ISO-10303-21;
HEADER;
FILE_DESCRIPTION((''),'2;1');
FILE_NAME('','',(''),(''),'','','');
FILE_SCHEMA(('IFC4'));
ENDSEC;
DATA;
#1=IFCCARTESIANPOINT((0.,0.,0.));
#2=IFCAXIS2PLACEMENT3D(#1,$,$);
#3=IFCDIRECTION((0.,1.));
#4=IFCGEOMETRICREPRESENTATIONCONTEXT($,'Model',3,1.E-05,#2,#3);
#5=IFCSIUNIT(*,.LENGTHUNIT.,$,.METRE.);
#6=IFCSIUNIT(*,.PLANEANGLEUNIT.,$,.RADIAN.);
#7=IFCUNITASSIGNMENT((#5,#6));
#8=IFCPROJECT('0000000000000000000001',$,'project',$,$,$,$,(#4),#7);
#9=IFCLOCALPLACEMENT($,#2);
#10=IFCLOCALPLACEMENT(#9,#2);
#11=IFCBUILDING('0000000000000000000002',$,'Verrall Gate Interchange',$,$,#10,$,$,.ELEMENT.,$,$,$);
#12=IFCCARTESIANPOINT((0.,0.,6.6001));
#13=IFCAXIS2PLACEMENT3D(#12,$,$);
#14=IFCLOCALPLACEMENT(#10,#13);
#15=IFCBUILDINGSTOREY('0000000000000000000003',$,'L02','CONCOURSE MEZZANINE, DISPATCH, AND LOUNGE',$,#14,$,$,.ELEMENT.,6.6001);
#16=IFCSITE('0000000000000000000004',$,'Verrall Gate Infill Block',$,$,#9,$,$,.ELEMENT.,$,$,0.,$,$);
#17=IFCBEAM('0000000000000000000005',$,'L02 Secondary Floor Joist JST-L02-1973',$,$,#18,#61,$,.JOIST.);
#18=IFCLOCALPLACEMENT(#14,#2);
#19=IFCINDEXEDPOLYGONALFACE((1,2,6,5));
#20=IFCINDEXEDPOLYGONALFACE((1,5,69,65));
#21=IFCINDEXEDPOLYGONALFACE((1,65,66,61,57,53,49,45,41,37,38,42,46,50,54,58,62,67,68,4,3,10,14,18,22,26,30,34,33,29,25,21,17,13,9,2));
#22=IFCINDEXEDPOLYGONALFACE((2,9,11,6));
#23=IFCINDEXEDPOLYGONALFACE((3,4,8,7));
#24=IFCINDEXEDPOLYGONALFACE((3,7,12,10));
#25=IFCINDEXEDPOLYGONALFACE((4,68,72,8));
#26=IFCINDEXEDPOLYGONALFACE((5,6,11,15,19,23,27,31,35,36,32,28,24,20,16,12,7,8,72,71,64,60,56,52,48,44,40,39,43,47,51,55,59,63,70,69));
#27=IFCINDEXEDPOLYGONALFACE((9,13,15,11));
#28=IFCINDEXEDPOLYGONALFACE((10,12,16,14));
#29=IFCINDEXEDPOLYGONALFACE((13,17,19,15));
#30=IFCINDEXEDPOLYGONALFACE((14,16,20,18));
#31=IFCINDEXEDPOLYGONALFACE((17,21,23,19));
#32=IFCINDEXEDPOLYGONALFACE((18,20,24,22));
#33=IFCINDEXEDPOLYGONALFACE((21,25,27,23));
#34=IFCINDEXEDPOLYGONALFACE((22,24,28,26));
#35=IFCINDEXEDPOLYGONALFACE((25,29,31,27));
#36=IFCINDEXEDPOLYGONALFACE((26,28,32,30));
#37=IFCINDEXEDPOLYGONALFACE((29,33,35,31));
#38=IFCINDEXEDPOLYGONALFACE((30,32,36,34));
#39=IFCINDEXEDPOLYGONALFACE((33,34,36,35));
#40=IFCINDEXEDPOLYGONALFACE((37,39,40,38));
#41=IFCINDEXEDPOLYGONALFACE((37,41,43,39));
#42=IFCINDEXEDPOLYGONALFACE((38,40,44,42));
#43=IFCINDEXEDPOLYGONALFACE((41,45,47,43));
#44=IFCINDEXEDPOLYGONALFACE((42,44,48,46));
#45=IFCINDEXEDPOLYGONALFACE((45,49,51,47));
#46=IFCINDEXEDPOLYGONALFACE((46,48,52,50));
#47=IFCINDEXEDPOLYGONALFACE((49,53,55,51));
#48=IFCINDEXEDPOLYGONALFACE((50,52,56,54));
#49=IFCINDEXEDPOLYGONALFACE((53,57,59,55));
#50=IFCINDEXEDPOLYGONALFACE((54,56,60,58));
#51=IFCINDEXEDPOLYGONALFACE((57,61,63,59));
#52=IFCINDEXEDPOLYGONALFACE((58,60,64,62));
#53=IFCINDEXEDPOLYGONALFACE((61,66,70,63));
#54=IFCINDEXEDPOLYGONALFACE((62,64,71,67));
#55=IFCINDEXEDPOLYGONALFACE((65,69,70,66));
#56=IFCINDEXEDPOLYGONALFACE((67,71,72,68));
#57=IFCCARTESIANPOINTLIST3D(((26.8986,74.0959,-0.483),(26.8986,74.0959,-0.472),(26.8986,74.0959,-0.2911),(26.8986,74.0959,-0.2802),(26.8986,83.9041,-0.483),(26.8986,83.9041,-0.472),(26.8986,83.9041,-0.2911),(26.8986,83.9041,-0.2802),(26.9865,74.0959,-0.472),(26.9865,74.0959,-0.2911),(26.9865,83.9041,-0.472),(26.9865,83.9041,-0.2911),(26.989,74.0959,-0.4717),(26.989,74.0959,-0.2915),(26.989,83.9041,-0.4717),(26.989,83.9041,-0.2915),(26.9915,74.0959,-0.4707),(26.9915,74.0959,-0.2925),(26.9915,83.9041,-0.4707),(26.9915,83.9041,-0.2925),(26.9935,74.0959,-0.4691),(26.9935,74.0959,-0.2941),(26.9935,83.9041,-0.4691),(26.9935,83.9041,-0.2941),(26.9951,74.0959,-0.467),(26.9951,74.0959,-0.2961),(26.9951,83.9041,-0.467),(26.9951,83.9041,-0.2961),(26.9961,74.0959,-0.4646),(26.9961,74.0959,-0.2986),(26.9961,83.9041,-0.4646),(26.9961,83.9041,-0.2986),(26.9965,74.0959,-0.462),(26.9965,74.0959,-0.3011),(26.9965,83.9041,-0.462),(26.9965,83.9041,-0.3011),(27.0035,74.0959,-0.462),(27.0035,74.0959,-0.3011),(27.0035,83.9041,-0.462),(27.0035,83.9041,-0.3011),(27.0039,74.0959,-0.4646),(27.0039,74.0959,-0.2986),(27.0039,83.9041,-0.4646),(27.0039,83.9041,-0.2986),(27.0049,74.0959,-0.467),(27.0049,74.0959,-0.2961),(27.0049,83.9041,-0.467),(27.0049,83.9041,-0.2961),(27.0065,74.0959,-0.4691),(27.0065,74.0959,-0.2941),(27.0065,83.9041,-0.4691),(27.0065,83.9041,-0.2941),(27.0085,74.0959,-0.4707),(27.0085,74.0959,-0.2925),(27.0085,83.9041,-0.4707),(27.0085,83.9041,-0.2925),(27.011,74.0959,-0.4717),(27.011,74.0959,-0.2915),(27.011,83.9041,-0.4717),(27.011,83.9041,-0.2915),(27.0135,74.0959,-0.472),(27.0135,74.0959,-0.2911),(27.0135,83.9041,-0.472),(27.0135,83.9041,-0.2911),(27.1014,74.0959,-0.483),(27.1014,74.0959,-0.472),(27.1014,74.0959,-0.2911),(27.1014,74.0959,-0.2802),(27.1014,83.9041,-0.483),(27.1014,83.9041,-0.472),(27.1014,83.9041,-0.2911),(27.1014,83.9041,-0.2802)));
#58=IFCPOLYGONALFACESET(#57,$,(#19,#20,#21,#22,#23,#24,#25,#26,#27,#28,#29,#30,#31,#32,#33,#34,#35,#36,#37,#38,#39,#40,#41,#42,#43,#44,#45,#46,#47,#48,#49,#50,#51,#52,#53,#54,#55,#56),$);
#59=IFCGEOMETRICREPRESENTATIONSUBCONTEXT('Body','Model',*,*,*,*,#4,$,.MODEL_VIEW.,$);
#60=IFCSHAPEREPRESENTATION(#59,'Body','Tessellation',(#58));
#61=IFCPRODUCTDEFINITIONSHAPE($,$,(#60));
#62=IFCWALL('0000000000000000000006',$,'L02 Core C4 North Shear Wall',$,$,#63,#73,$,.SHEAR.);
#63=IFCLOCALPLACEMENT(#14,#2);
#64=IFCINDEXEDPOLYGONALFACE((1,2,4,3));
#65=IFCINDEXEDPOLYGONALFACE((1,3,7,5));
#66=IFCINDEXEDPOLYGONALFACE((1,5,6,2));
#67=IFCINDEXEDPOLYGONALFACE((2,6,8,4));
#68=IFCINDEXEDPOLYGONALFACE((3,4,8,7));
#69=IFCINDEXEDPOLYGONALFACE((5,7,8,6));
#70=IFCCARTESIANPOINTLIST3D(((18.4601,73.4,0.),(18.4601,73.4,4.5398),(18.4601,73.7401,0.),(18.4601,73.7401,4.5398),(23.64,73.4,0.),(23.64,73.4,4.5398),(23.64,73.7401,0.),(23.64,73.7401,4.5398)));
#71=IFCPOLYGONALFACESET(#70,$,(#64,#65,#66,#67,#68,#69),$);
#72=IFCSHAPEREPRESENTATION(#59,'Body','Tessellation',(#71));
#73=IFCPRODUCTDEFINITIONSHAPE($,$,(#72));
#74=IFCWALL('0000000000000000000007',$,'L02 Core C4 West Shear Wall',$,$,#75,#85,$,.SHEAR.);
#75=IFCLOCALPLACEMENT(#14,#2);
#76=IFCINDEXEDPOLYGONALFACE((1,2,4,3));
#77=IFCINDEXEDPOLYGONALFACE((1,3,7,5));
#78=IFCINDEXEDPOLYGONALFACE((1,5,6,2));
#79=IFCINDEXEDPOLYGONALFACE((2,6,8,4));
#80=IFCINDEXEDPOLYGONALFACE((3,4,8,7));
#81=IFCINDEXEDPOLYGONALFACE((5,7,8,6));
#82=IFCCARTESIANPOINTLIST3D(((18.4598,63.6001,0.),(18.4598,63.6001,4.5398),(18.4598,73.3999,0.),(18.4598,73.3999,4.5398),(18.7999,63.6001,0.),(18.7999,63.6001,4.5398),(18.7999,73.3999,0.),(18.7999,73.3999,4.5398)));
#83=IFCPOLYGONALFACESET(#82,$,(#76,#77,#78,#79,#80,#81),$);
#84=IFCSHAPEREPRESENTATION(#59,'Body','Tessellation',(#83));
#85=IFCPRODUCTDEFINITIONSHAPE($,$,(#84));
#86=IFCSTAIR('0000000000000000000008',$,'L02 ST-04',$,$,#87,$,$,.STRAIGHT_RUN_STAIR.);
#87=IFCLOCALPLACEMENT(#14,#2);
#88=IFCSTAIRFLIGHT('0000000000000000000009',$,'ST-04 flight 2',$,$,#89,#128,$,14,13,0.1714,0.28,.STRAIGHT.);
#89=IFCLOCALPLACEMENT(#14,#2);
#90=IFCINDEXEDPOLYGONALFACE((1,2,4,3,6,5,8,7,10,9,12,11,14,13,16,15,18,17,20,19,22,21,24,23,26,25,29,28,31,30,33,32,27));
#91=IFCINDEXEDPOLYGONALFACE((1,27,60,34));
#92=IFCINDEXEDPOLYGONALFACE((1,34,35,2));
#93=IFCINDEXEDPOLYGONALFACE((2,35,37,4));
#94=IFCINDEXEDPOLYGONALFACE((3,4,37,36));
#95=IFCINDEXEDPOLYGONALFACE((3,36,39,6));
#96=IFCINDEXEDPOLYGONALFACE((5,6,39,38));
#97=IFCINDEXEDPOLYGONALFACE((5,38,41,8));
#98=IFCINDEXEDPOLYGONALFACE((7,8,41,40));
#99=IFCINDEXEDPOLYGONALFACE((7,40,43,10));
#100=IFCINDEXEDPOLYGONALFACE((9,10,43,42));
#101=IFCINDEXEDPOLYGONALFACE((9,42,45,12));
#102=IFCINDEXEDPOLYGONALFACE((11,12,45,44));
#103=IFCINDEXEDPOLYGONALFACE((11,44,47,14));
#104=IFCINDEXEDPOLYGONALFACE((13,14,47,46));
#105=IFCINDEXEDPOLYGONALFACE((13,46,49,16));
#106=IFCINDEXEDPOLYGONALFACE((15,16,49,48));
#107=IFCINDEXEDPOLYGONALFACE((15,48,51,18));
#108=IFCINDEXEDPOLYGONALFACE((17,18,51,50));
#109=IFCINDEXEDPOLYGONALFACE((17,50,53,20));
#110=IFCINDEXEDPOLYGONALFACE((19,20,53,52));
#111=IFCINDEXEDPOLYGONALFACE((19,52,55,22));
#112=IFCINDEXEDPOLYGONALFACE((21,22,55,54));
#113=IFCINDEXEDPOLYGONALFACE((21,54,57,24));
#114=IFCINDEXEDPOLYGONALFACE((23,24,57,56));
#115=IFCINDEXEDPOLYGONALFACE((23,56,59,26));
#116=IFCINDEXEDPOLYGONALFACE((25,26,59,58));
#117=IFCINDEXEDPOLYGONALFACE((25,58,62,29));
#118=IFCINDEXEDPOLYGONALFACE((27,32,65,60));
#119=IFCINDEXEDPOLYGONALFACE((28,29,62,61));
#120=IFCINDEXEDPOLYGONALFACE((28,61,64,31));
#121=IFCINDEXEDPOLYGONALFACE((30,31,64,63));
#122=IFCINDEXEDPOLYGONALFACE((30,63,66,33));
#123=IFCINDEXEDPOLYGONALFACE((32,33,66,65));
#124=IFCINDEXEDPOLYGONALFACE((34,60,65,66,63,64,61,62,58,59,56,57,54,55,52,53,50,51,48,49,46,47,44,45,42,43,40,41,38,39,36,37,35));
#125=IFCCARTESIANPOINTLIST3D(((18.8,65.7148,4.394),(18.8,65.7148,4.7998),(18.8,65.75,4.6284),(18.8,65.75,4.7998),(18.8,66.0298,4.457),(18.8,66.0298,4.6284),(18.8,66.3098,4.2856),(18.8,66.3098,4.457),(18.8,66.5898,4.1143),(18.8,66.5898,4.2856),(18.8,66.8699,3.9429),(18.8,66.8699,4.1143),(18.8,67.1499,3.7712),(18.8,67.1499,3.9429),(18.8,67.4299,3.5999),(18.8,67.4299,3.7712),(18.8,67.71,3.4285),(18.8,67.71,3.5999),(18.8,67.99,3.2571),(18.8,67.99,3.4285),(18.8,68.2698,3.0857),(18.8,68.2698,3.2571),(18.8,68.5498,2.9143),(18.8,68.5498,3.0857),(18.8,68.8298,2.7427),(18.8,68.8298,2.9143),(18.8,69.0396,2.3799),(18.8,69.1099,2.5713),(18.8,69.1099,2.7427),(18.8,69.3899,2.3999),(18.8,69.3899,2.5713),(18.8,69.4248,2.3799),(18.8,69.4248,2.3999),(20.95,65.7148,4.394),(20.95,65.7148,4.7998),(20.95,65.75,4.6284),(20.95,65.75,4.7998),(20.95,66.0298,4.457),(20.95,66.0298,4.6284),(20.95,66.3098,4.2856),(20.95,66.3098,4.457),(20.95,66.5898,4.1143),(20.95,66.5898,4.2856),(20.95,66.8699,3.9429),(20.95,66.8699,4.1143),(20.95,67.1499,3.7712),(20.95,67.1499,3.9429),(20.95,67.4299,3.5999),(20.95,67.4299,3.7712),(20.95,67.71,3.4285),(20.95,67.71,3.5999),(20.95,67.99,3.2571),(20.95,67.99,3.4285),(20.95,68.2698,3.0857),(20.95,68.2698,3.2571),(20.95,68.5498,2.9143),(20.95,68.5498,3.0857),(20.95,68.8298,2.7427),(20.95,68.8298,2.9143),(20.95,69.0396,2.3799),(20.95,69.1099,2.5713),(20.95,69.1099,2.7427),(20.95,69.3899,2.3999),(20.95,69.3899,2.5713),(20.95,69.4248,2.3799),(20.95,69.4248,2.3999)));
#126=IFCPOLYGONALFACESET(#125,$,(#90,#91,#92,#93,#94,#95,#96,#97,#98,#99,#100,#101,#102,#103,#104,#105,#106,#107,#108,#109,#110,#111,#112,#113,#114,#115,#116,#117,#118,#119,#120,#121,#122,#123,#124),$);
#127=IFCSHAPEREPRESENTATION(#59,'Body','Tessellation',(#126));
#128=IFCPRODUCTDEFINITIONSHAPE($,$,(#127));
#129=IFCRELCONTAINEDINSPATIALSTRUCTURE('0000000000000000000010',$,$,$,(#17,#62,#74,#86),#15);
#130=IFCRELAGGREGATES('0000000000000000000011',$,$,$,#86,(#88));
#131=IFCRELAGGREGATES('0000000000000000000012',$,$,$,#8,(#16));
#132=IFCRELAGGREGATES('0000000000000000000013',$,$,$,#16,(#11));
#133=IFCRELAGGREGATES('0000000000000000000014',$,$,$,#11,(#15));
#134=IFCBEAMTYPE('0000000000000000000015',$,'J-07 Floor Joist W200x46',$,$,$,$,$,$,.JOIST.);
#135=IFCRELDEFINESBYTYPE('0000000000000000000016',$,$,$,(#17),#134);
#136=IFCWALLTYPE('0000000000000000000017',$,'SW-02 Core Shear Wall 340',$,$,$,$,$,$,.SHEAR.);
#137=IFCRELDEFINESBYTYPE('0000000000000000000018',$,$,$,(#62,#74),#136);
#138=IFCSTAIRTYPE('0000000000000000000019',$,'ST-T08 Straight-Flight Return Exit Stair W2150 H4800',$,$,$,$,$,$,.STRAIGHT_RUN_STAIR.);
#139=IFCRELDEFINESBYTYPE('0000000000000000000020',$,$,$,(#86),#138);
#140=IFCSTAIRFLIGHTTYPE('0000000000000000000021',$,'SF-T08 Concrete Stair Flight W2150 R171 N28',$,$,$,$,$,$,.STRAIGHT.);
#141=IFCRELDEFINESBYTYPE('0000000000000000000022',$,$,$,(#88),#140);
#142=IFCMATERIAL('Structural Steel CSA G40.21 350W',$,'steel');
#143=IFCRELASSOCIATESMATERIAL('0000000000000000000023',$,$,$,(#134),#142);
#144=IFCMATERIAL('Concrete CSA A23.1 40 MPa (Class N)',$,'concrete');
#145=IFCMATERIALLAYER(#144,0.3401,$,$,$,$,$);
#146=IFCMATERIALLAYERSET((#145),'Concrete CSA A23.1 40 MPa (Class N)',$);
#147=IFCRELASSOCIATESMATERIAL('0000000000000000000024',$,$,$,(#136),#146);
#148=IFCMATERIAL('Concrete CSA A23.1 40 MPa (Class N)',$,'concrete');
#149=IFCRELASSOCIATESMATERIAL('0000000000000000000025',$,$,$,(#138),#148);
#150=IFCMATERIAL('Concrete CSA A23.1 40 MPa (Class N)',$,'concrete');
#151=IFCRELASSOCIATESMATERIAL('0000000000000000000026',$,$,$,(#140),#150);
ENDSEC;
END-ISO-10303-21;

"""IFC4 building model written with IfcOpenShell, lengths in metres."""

from ifc_helpers import new_model, si_unit, direction, frame, frame_2d, origin, origin_2d, place, context, subcontext, project, spatial, polyline, rectangle, i_section, outline, extrude, material, layer, layer_set, material_profile, profile_set, type_object, element, aggregate, save


model = new_model("IFC4")

# Units and contexts
model_context = context("Model", 3, precision=1e-05, world=origin(), true_north=direction((0.0, 1.0)))
body_context = subcontext(model_context, "Body", "Model", "MODEL_VIEW")
ifc_project = project(units=[si_unit("LENGTHUNIT", "METRE"), si_unit("PLANEANGLEUNIT", "RADIAN")], contexts=[model_context])

# Site, building, storey
site_placement = place(None, origin())
site = spatial("IfcSite", under=ifc_project, at=site_placement, Name="Verrall Gate Infill Block", CompositionType="ELEMENT", RefElevation=0.0)
building_placement = place(site_placement, origin())
building = spatial("IfcBuilding", under=site, at=building_placement, Name="Verrall Gate Interchange", CompositionType="ELEMENT")
storey_placement = place(building_placement, frame((0.0, 0.0, 6.6001)))
storey = spatial("IfcBuildingStorey", under=building, at=storey_placement, Name="L02", Description="CONCOURSE MEZZANINE, DISPATCH, AND LOUNGE", CompositionType="ELEMENT", Elevation=6.6001)

# Beam
ifc_material_1 = material(Name="Structural Steel CSA G40.21 350W", Category="steel")
ifc_material_profile_1 = material_profile(ifc_material_1, i_section(OverallWidth=0.2029, OverallDepth=0.2029, WebThickness=0.0071, FlangeThickness=0.011, FilletRadius=0.01, at=origin_2d()), Name="W200x46")
ifc_profile_set_1 = profile_set([ifc_material_profile_1], Name="Structural Steel CSA G40.21 350W")
beam_type_1 = type_object("IfcBeamType", Name="J-07 Floor Joist W200x46", PredefinedType="JOIST", material=ifc_profile_set_1)
beam_1_placement = place(storey_placement, frame((27.0, 74.0959, -0.3816), z_axis=(0.0, 1.0, 0.0), x_axis=(-1.0, 0.0, 0.0)))
element("IfcBeam", 1, at=beam_1_placement, inside=storey, type_object=beam_type_1, Name="L02 Secondary Floor Joist JST-L02-1973", PredefinedType="JOIST", context=body_context, shape_type="SweptSolid", body=[
    extrude(i_section(OverallWidth=0.2029, OverallDepth=0.2029, WebThickness=0.0071, FlangeThickness=0.011, FilletRadius=0.01, at=origin_2d()), origin(), (0.0, 0.0, 1.0), 9.8081),
])

# Walls
ifc_material_2 = material(Name="Concrete CSA A23.1 40 MPa (Class N)", Category="concrete")
ifc_layer = layer(ifc_material_2, 0.3401)
ifc_layer_set = layer_set([ifc_layer], Name="Concrete CSA A23.1 40 MPa (Class N)")
wall_type = type_object("IfcWallType", Name="SW-02 Core Shear Wall 340", PredefinedType="SHEAR", material=ifc_layer_set)
wall_1_placement = place(storey_placement, frame((23.6399, 73.5701, 0.0), z_axis=(0.0, 0.0, 1.0), x_axis=(-1.0, 0.0, 0.0)))
element("IfcWall", 2, at=wall_1_placement, inside=storey, type_object=wall_type, Name="L02 Core C4 North Shear Wall", PredefinedType="SHEAR", context=body_context, shape_type="SweptSolid", body=[
    extrude(rectangle(XDim=5.1799, YDim=0.3401, at=frame_2d((2.5898, 0.0))), origin(), (0.0, 0.0, 1.0), 4.5398),
])
wall_2_placement = place(storey_placement, frame((18.6299, 73.3999, 0.0), z_axis=(0.0, 0.0, 1.0), x_axis=(0.0, -1.0, 0.0)))
element("IfcWall", 3, at=wall_2_placement, inside=storey, type_object=wall_type, Name="L02 Core C4 West Shear Wall", PredefinedType="SHEAR", context=body_context, shape_type="SweptSolid", body=[
    extrude(rectangle(XDim=9.7998, YDim=0.3401, at=frame_2d((4.8999, 0.0))), origin(), (0.0, 0.0, 1.0), 4.5398),
])

# Stair, stair flight
ifc_material_3 = material(Name="Concrete CSA A23.1 40 MPa (Class N)", Category="concrete")
stair_type = type_object("IfcStairType", Name="ST-T08 Straight-Flight Return Exit Stair W2150 H4800", PredefinedType="STRAIGHT_RUN_STAIR", material=ifc_material_3)
stair_placement = place(storey_placement, origin())
stair = element("IfcStair", 4, at=stair_placement, inside=storey, type_object=stair_type, Name="L02 ST-04", PredefinedType="STRAIGHT_RUN_STAIR")
ifc_material_4 = material(Name="Concrete CSA A23.1 40 MPa (Class N)", Category="concrete")
stair_flight_type = type_object("IfcStairFlightType", Name="SF-T08 Concrete Stair Flight W2150 R171 N28", PredefinedType="STRAIGHT", material=ifc_material_4)
stair_flight_placement = place(storey_placement, frame((19.875, 69.3899, 2.3999), z_axis=(0.0, 0.0, 1.0), x_axis=(0.0, -1.0, 0.0)))
stair_flight = element("IfcStairFlight", 5, at=stair_flight_placement, type_object=stair_flight_type, Name="ST-04 flight 2", NumberOfRisers=14, NumberOfTreads=13, PredefinedType="STRAIGHT", RiserHeight=0.1714, TreadLength=0.28, context=body_context, shape_type="SweptSolid", body=[
    extrude(outline(polyline([(-0.0349, -0.02), (-0.0349, 0.0), (0.0, 0.0), (0.0, 0.1714), (0.28, 0.1714), (0.28, 0.3428), (0.5601, 0.3428), (0.5601, 0.5144), (0.8401, 0.5144), (0.8401, 0.6858), (1.1201, 0.6858), (1.1201, 0.8572), (1.3999, 0.8572), (1.3999, 1.0286), (1.6799, 1.0286), (1.6799, 1.2), (1.96, 1.2), (1.96, 1.3713), (2.24, 1.3713), (2.24, 1.543), (2.52, 1.543), (2.52, 1.7144), (2.8, 1.7144), (2.8, 1.8857), (3.0801, 1.8857), (3.0801, 2.0571), (3.3601, 2.0571), (3.3601, 2.2285), (3.6399, 2.2285), (3.6399, 2.3999), (3.675, 2.3999), (3.675, 1.9941), (0.3503, -0.02), (-0.0349, -0.02)])), frame((0.0, 1.075, 0.0), z_axis=(0.0, -1.0, 0.0), x_axis=(1.0, 0.0, 0.0)), (0.0, 0.0, 1.0), 2.1499),
])
aggregate(stair, [stair_flight])

save(model, "model.ifc")
